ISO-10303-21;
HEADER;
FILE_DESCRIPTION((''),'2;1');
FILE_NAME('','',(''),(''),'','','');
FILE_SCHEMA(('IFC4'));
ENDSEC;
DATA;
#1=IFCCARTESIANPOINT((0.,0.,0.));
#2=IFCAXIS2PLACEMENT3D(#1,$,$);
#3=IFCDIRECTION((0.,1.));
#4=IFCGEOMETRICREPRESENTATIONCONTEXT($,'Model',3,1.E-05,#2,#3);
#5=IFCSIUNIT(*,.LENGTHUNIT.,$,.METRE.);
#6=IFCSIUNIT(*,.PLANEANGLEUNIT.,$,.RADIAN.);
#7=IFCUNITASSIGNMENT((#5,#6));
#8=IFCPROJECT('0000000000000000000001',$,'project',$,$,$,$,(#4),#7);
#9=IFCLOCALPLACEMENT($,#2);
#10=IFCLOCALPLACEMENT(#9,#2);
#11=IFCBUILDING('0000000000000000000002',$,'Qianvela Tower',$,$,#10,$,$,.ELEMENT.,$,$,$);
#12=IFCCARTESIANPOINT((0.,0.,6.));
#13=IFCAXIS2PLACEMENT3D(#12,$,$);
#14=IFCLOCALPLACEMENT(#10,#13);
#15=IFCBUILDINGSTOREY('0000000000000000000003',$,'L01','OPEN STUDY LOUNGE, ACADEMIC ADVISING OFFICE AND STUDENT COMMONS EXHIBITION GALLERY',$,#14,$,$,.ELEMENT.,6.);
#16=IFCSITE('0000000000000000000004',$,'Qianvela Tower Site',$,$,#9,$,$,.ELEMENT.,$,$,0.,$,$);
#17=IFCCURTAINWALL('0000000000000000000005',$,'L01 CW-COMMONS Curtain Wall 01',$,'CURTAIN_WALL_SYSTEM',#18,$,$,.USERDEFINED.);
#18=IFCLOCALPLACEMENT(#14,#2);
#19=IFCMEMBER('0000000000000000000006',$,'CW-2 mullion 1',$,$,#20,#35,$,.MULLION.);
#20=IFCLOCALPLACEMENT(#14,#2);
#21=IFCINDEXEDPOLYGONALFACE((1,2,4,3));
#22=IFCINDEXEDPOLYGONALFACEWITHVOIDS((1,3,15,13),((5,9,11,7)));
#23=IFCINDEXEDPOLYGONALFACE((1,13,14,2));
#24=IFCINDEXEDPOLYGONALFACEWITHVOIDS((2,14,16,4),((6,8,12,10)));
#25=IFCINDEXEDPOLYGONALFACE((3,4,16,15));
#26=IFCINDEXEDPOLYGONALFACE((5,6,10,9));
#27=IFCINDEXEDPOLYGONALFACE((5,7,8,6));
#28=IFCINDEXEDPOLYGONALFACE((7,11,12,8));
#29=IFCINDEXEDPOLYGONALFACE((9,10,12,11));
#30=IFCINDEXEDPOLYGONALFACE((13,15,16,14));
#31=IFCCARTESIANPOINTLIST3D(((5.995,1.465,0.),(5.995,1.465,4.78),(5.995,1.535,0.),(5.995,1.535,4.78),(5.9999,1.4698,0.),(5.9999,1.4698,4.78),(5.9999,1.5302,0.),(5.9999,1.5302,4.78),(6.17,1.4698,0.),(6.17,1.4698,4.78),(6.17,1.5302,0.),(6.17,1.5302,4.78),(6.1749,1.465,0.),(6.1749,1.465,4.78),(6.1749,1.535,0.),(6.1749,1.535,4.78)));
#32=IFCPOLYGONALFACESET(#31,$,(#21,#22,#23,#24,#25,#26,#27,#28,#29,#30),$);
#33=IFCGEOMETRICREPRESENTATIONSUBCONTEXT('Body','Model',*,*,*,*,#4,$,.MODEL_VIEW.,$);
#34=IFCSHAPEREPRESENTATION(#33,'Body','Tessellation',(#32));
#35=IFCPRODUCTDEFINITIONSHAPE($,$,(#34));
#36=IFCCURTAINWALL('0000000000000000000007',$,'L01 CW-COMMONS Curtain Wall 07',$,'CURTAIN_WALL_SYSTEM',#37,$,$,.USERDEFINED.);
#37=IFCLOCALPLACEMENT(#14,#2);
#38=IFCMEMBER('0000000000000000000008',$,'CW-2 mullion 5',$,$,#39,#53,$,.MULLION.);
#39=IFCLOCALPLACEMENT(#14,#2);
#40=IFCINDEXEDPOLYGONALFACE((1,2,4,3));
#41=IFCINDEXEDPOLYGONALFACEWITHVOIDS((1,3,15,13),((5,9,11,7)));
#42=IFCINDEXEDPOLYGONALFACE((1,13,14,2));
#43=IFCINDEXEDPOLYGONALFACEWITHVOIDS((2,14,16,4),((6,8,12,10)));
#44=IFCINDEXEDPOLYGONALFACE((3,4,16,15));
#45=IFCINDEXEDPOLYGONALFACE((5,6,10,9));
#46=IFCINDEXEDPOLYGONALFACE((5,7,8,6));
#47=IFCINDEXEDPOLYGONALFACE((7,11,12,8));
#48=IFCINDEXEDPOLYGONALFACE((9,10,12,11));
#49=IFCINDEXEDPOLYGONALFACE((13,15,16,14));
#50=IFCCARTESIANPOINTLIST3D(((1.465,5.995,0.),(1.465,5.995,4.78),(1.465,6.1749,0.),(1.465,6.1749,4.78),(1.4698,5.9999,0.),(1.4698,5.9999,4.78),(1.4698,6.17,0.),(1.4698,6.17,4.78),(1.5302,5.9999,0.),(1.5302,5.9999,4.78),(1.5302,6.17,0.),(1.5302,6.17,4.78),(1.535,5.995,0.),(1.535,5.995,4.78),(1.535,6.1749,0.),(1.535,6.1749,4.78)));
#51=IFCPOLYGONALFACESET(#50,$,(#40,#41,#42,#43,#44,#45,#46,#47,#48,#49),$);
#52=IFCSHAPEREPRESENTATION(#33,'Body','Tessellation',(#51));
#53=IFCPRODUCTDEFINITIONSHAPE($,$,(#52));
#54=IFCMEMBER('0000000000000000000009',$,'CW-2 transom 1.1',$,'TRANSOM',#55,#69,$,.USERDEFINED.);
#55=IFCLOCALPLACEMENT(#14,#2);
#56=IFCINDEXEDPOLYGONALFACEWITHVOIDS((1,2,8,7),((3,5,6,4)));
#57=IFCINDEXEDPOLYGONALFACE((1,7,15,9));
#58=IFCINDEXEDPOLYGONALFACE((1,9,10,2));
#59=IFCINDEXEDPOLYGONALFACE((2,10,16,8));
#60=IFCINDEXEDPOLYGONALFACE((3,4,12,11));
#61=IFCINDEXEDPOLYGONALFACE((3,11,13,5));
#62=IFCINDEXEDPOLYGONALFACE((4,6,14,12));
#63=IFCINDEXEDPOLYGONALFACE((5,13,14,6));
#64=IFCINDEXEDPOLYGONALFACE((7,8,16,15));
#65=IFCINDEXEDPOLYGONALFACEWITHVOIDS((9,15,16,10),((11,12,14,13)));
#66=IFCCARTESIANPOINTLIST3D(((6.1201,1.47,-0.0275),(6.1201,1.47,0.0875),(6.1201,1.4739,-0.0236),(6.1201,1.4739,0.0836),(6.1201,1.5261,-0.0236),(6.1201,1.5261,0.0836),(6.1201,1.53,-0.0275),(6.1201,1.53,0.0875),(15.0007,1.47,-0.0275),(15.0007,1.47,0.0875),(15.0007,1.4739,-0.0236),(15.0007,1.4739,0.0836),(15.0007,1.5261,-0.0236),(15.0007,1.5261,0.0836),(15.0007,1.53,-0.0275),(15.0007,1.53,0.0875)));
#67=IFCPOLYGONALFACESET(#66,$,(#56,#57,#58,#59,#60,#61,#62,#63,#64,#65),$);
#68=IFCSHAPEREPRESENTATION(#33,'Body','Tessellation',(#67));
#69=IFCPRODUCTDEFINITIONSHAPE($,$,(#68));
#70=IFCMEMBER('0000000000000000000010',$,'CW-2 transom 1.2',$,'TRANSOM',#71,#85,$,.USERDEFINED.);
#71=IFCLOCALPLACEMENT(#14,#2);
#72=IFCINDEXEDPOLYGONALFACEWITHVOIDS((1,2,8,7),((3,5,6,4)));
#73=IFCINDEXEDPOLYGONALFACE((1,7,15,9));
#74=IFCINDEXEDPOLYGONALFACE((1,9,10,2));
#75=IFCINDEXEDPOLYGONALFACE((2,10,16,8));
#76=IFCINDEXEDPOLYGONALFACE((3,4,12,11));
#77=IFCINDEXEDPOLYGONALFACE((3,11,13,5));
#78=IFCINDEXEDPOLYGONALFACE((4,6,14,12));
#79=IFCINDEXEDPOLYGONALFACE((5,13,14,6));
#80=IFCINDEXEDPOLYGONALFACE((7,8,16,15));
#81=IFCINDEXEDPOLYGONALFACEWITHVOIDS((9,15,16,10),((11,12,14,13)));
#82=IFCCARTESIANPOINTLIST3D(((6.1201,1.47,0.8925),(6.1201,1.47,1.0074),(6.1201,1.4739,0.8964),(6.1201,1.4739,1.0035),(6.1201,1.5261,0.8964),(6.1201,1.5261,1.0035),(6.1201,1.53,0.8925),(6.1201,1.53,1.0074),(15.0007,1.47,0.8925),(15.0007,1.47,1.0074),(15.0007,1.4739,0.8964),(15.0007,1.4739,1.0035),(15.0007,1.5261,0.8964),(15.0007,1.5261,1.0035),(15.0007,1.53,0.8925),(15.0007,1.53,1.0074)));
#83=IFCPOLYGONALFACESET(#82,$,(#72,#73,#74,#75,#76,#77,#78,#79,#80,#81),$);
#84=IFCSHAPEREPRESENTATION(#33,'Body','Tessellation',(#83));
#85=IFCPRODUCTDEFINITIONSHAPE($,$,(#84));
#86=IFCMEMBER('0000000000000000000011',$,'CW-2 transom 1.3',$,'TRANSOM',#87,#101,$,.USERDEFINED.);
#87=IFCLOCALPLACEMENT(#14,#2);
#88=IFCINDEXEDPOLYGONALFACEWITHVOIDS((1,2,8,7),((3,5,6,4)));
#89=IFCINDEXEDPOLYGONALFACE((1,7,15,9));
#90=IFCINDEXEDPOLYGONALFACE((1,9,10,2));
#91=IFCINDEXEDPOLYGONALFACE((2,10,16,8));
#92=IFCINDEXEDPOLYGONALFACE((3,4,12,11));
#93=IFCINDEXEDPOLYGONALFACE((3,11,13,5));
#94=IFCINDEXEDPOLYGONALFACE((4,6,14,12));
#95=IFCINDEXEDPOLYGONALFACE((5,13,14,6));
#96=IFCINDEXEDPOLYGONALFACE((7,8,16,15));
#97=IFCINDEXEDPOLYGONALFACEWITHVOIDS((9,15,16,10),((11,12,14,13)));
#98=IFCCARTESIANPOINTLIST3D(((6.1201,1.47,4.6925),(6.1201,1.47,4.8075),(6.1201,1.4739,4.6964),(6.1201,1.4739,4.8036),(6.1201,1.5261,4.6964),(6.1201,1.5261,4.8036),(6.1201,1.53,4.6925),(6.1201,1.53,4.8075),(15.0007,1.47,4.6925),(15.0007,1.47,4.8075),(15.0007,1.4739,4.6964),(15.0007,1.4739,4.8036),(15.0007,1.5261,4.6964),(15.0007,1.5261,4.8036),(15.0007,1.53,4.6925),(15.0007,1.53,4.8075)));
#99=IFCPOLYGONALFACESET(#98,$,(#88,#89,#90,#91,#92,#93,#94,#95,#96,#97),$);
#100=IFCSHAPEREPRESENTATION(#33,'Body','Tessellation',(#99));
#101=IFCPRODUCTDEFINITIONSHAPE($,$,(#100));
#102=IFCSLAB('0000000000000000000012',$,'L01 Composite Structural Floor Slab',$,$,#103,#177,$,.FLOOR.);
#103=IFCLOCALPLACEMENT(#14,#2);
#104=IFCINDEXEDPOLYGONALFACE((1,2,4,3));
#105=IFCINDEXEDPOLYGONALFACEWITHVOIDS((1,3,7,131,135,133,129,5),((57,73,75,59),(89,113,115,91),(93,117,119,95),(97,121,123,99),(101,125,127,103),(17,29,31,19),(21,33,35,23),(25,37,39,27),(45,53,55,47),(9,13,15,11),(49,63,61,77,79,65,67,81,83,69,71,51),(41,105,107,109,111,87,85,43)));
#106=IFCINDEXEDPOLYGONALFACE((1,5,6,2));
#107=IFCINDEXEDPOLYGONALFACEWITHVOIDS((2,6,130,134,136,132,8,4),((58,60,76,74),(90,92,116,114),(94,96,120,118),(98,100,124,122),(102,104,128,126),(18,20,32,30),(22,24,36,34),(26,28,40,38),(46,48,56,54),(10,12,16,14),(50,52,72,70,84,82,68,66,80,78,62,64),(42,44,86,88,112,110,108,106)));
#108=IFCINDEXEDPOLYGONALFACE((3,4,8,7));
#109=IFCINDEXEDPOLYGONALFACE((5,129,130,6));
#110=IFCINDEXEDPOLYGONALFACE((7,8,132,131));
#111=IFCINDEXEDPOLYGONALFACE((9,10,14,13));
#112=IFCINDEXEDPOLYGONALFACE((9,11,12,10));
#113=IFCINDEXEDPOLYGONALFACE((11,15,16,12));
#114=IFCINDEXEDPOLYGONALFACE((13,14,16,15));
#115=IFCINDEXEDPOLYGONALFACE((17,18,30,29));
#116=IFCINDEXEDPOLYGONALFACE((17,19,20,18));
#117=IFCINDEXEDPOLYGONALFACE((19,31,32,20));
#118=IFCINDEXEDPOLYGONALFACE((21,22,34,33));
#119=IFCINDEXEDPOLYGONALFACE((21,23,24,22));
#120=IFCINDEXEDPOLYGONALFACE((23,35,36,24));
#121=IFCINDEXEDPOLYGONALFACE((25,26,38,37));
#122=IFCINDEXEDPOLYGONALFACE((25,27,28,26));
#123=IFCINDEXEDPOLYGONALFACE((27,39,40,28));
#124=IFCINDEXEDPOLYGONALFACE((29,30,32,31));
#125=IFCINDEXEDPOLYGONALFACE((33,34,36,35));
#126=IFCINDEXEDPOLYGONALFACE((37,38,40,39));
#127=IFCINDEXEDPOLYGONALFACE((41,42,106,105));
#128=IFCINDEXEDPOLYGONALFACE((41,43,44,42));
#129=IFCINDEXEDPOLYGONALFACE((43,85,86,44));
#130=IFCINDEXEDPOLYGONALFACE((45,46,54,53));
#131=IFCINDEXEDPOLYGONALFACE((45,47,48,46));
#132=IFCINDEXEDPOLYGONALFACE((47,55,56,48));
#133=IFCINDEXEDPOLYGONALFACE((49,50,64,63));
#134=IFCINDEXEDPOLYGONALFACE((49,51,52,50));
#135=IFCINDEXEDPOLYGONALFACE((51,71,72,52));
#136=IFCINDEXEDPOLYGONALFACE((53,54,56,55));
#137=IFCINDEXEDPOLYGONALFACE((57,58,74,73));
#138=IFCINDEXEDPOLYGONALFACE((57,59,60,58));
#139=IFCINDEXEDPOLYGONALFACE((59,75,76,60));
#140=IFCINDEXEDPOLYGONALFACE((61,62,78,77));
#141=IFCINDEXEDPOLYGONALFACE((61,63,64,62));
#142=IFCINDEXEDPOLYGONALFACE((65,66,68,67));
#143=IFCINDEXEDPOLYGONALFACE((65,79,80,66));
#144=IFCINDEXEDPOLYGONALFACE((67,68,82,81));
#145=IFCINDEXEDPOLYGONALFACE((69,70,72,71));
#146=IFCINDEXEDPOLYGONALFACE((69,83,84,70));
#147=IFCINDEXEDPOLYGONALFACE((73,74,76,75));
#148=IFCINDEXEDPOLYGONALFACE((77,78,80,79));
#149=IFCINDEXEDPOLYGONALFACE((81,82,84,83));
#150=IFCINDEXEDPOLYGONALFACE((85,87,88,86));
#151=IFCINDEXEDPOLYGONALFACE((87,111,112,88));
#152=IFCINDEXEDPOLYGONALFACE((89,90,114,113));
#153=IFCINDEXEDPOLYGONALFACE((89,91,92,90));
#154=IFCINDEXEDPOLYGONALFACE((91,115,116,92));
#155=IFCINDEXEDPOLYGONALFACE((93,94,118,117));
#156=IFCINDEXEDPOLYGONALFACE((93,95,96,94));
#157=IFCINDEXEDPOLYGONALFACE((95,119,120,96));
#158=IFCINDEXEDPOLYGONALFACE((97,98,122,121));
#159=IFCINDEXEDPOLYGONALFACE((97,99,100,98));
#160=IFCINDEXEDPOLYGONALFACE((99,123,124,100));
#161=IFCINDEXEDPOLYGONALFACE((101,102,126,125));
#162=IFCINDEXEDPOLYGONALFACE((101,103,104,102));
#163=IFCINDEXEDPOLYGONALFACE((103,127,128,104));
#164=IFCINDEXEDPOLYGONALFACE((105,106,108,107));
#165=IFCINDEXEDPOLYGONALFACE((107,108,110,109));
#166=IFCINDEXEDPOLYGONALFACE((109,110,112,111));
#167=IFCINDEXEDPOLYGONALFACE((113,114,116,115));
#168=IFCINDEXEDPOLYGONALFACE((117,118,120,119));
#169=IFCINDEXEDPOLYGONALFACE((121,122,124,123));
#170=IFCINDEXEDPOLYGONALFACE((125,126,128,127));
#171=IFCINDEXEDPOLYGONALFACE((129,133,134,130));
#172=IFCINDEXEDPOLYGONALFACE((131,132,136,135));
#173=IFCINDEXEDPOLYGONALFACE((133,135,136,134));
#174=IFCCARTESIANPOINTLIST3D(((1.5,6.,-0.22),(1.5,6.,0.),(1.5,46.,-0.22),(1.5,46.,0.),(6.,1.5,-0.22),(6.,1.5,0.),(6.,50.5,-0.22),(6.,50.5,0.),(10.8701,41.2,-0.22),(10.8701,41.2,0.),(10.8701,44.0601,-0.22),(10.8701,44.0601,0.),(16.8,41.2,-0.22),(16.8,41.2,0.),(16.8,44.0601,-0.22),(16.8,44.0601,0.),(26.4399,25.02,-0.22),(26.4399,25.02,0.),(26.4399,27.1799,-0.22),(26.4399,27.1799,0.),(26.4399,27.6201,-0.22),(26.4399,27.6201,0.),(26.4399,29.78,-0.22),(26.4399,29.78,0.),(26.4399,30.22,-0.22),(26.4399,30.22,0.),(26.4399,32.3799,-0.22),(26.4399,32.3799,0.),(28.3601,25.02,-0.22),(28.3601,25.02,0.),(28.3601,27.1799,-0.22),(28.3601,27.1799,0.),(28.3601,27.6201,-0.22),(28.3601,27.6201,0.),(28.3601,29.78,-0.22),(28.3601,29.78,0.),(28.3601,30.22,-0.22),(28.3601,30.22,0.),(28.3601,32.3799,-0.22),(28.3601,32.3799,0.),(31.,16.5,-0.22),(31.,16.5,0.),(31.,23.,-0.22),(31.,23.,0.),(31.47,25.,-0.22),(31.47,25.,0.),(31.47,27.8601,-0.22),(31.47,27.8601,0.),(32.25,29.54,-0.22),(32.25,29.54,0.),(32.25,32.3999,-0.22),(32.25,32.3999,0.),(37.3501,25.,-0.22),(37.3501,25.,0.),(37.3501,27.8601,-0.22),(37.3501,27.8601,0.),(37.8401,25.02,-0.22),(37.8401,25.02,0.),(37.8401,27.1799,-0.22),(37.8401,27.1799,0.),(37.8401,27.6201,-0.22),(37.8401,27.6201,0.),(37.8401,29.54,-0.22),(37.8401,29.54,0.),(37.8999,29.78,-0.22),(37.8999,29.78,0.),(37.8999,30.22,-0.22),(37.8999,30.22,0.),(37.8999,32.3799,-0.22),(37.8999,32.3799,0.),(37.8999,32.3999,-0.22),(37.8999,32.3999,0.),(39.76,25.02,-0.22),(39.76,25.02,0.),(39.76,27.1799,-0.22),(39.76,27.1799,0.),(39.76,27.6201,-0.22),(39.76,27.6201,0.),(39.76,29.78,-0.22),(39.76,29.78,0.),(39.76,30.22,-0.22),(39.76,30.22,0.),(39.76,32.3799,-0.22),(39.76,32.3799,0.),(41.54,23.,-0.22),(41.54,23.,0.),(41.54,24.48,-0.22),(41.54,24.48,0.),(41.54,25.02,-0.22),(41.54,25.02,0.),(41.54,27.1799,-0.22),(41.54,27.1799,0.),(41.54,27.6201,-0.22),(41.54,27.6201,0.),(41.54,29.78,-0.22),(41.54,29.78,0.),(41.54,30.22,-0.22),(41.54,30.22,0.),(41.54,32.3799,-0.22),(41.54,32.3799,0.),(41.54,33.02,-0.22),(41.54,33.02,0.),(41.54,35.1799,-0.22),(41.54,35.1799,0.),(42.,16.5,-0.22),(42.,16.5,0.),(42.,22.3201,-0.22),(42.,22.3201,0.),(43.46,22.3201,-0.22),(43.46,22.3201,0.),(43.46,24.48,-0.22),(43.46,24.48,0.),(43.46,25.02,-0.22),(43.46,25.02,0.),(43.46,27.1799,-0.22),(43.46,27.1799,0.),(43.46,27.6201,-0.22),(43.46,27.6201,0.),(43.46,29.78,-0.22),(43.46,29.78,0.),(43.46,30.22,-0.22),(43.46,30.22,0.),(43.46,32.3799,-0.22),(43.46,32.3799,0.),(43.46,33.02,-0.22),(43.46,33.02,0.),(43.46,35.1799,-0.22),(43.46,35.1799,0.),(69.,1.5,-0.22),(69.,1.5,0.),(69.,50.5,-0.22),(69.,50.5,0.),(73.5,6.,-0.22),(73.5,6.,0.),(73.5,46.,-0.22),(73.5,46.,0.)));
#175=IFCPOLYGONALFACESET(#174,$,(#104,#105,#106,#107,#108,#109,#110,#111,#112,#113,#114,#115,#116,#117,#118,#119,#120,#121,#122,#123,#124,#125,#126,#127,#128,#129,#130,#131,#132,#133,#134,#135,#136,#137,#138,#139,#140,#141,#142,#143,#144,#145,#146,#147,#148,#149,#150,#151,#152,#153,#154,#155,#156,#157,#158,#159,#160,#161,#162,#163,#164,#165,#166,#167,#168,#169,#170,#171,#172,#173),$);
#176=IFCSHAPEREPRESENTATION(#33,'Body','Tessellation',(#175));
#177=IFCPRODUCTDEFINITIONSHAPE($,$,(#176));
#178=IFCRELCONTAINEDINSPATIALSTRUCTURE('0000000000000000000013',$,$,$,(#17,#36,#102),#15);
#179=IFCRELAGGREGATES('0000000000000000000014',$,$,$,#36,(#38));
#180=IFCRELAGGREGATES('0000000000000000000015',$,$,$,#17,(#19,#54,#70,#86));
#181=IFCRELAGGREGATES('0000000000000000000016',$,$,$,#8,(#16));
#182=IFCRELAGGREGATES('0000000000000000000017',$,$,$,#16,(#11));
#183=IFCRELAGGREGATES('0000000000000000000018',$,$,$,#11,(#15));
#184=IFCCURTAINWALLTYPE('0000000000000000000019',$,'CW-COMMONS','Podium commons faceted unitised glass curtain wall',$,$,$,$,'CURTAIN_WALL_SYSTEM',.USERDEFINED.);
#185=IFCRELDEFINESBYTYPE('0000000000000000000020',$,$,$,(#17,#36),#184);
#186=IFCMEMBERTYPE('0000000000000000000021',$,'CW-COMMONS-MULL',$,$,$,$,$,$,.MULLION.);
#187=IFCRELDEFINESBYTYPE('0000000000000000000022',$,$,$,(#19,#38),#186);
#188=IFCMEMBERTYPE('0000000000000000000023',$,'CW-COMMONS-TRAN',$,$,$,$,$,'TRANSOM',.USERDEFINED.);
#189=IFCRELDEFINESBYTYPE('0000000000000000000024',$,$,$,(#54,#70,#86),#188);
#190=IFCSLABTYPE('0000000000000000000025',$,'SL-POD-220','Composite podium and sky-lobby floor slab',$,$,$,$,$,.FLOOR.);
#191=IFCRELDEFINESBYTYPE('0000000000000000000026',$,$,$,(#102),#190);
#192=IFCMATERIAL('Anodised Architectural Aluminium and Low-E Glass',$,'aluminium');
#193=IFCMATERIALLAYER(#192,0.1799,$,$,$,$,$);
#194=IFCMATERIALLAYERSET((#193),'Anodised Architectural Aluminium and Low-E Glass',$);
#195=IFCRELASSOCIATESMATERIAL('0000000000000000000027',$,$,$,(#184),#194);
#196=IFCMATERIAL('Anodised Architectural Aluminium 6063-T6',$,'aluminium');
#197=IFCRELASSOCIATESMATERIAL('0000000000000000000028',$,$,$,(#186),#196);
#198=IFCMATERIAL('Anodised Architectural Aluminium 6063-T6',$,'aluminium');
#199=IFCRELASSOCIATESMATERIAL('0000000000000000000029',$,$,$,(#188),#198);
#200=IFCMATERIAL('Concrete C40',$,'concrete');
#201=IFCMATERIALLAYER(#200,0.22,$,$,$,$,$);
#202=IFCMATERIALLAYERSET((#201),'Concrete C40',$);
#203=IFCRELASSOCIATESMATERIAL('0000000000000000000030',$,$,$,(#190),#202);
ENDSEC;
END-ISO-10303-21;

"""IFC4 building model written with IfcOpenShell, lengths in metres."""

from ifc_helpers import new_model, si_unit, direction, frame, origin, origin_2d, place, context, subcontext, project, spatial, polyline, hollow_rectangle, outline, extrude, material, layer, layer_set, material_profile, profile_set, type_object, element, aggregate, save


model = new_model("IFC4")

# Units and contexts
model_context = context("Model", 3, precision=1e-05, world=origin(), true_north=direction((0.0, 1.0)))
body_context = subcontext(model_context, "Body", "Model", "MODEL_VIEW")
ifc_project = project(units=[si_unit("LENGTHUNIT", "METRE"), si_unit("PLANEANGLEUNIT", "RADIAN")], contexts=[model_context])

# Site, building, storey
site_placement = place(None, origin())
site = spatial("IfcSite", under=ifc_project, at=site_placement, Name="Qianvela Tower Site", CompositionType="ELEMENT", RefElevation=0.0)
building_placement = place(site_placement, origin())
building = spatial("IfcBuilding", under=site, at=building_placement, Name="Qianvela Tower", CompositionType="ELEMENT")
storey_placement = place(building_placement, frame((0.0, 0.0, 6.0)))
storey = spatial("IfcBuildingStorey", under=building, at=storey_placement, Name="L01", Description="OPEN STUDY LOUNGE, ACADEMIC ADVISING OFFICE AND STUDENT COMMONS EXHIBITION GALLERY", CompositionType="ELEMENT", Elevation=6.0)

# Curtain walls, members
ifc_material_1 = material(Name="Anodised Architectural Aluminium and Low-E Glass", Category="aluminium")
ifc_layer_1 = layer(ifc_material_1, 0.1799)
ifc_layer_set_1 = layer_set([ifc_layer_1], Name="Anodised Architectural Aluminium and Low-E Glass")
curtain_wall_type = type_object("IfcCurtainWallType", Name="CW-COMMONS", Description="Podium commons faceted unitised glass curtain wall", ElementType="CURTAIN_WALL_SYSTEM", PredefinedType="USERDEFINED", material=ifc_layer_set_1)
curtain_wall_1_placement = place(storey_placement, origin())
curtain_wall_1 = element("IfcCurtainWall", 1, at=curtain_wall_1_placement, inside=storey, type_object=curtain_wall_type, Name="L01 CW-COMMONS Curtain Wall 01", ObjectType="CURTAIN_WALL_SYSTEM", PredefinedType="USERDEFINED")
ifc_material_2 = material(Name="Anodised Architectural Aluminium 6063-T6", Category="aluminium")
ifc_material_profile_1 = material_profile(ifc_material_2, hollow_rectangle(XDim=0.0701, YDim=0.1799, WallThickness=0.0049, at=origin_2d()), Name="ALU-MULL-70x180")
ifc_profile_set_1 = profile_set([ifc_material_profile_1], Name="Anodised Architectural Aluminium 6063-T6")
member_type_1 = type_object("IfcMemberType", Name="CW-COMMONS-MULL", PredefinedType="MULLION", material=ifc_profile_set_1)
member_1_placement = place(storey_placement, frame((6.085, 1.5, 0.0), z_axis=(0.0, 0.0, 1.0), x_axis=(0.0, 1.0, 0.0)))
member_1 = element("IfcMember", 2, at=member_1_placement, type_object=member_type_1, Name="CW-2 mullion 1", PredefinedType="MULLION", context=body_context, shape_type="SweptSolid", body=[
    extrude(hollow_rectangle(XDim=0.0701, YDim=0.1799, WallThickness=0.0049, at=origin_2d()), origin(), (0.0, 0.0, 1.0), 4.78),
])
curtain_wall_2_placement = place(storey_placement, origin())
curtain_wall_2 = element("IfcCurtainWall", 3, at=curtain_wall_2_placement, inside=storey, type_object=curtain_wall_type, Name="L01 CW-COMMONS Curtain Wall 07", ObjectType="CURTAIN_WALL_SYSTEM", PredefinedType="USERDEFINED")
member_2_placement = place(storey_placement, frame((1.5, 6.085, 0.0), z_axis=(0.0, 0.0, 1.0), x_axis=(1.0, 0.0, 0.0)))
member_2 = element("IfcMember", 4, at=member_2_placement, type_object=member_type_1, Name="CW-2 mullion 5", PredefinedType="MULLION", context=body_context, shape_type="SweptSolid", body=[
    extrude(hollow_rectangle(XDim=0.0701, YDim=0.1799, WallThickness=0.0049, at=origin_2d()), origin(), (0.0, 0.0, 1.0), 4.78),
])
aggregate(curtain_wall_2, [member_2])

# Members
ifc_material_3 = material(Name="Anodised Architectural Aluminium 6063-T6", Category="aluminium")
ifc_material_profile_2 = material_profile(ifc_material_3, hollow_rectangle(XDim=0.0601, YDim=0.115, WallThickness=0.0039, at=origin_2d()), Name="ALU-TRAN-60x115")
ifc_profile_set_2 = profile_set([ifc_material_profile_2], Name="Anodised Architectural Aluminium 6063-T6")
member_type_2 = type_object("IfcMemberType", Name="CW-COMMONS-TRAN", ElementType="TRANSOM", PredefinedType="USERDEFINED", material=ifc_profile_set_2)
member_3_placement = place(storey_placement, frame((6.1201, 1.5, 0.03), z_axis=(1.0, 0.0, 0.0), x_axis=(0.0, 1.0, 0.0)))
member_3 = element("IfcMember", 5, at=member_3_placement, type_object=member_type_2, Name="CW-2 transom 1.1", ObjectType="TRANSOM", PredefinedType="USERDEFINED", context=body_context, shape_type="SweptSolid", body=[
    extrude(hollow_rectangle(XDim=0.0601, YDim=0.115, WallThickness=0.0039, at=origin_2d()), origin(), (0.0, 0.0, 1.0), 8.8806),
])
member_4_placement = place(storey_placement, frame((6.1201, 1.5, 0.95), z_axis=(1.0, 0.0, 0.0), x_axis=(0.0, 1.0, 0.0)))
member_4 = element("IfcMember", 6, at=member_4_placement, type_object=member_type_2, Name="CW-2 transom 1.2", ObjectType="TRANSOM", PredefinedType="USERDEFINED", context=body_context, shape_type="SweptSolid", body=[
    extrude(hollow_rectangle(XDim=0.0601, YDim=0.115, WallThickness=0.0039, at=origin_2d()), origin(), (0.0, 0.0, 1.0), 8.8806),
])
member_5_placement = place(storey_placement, frame((6.1201, 1.5, 4.75), z_axis=(1.0, 0.0, 0.0), x_axis=(0.0, 1.0, 0.0)))
member_5 = element("IfcMember", 7, at=member_5_placement, type_object=member_type_2, Name="CW-2 transom 1.3", ObjectType="TRANSOM", PredefinedType="USERDEFINED", context=body_context, shape_type="SweptSolid", body=[
    extrude(hollow_rectangle(XDim=0.0601, YDim=0.115, WallThickness=0.0039, at=origin_2d()), origin(), (0.0, 0.0, 1.0), 8.8806),
])
aggregate(curtain_wall_1, [member_1, member_3, member_4, member_5])

# Slab
ifc_material_4 = material(Name="Concrete C40", Category="concrete")
ifc_layer_2 = layer(ifc_material_4, 0.22)
ifc_layer_set_2 = layer_set([ifc_layer_2], Name="Concrete C40")
slab_type_1 = type_object("IfcSlabType", Name="SL-POD-220", Description="Composite podium and sky-lobby floor slab", PredefinedType="FLOOR", material=ifc_layer_set_2)
slab_1_placement = place(storey_placement, frame((0.0, 0.0, -0.22)))
element("IfcSlab", 8, at=slab_1_placement, inside=storey, type_object=slab_type_1, Name="L01 Composite Structural Floor Slab", PredefinedType="FLOOR", context=body_context, shape_type="SweptSolid", body=[
    extrude(outline(polyline([(6.0, 1.5), (69.0, 1.5), (73.5, 6.0), (73.5, 46.0), (69.0, 50.5), (6.0, 50.5), (1.5, 46.0), (1.5, 6.0), (6.0, 1.5)]), holes=[polyline([(42.0, 22.3201), (43.46, 22.3201), (43.46, 24.48), (41.54, 24.48), (41.54, 23.0), (31.0, 23.0), (31.0, 16.5), (42.0, 16.5), (42.0, 22.3201)]), polyline([(28.3601, 25.02), (28.3601, 27.1799), (26.4399, 27.1799), (26.4399, 25.02), (28.3601, 25.02)]), polyline([(37.3501, 25.0), (37.3501, 27.8601), (31.47, 27.8601), (31.47, 25.0), (37.3501, 25.0)]), polyline([(28.3601, 27.6201), (28.3601, 29.78), (26.4399, 29.78), (26.4399, 27.6201), (28.3601, 27.6201)]), polyline([(37.8999, 32.3799), (37.8999, 32.3999), (32.25, 32.3999), (32.25, 29.54), (37.8401, 29.54), (37.8401, 27.6201), (39.76, 27.6201), (39.76, 29.78), (37.8999, 29.78), (37.8999, 30.22), (39.76, 30.22), (39.76, 32.3799), (37.8999, 32.3799)]), polyline([(28.3601, 30.22), (28.3601, 32.3799), (26.4399, 32.3799), (26.4399, 30.22), (28.3601, 30.22)]), polyline([(16.8, 41.2), (16.8, 44.0601), (10.8701, 44.0601), (10.8701, 41.2), (16.8, 41.2)]), polyline([(39.76, 25.02), (39.76, 27.1799), (37.8401, 27.1799), (37.8401, 25.02), (39.76, 25.02)]), polyline([(43.46, 25.02), (43.46, 27.1799), (41.54, 27.1799), (41.54, 25.02), (43.46, 25.02)]), polyline([(43.46, 27.6201), (43.46, 29.78), (41.54, 29.78), (41.54, 27.6201), (43.46, 27.6201)]), polyline([(43.46, 30.22), (43.46, 32.3799), (41.54, 32.3799), (41.54, 30.22), (43.46, 30.22)]), polyline([(43.46, 33.02), (43.46, 35.1799), (41.54, 35.1799), (41.54, 33.02), (43.46, 33.02)])]), origin(), (0.0, 0.0, 1.0), 0.22),
])

save(model, "model.ifc")
